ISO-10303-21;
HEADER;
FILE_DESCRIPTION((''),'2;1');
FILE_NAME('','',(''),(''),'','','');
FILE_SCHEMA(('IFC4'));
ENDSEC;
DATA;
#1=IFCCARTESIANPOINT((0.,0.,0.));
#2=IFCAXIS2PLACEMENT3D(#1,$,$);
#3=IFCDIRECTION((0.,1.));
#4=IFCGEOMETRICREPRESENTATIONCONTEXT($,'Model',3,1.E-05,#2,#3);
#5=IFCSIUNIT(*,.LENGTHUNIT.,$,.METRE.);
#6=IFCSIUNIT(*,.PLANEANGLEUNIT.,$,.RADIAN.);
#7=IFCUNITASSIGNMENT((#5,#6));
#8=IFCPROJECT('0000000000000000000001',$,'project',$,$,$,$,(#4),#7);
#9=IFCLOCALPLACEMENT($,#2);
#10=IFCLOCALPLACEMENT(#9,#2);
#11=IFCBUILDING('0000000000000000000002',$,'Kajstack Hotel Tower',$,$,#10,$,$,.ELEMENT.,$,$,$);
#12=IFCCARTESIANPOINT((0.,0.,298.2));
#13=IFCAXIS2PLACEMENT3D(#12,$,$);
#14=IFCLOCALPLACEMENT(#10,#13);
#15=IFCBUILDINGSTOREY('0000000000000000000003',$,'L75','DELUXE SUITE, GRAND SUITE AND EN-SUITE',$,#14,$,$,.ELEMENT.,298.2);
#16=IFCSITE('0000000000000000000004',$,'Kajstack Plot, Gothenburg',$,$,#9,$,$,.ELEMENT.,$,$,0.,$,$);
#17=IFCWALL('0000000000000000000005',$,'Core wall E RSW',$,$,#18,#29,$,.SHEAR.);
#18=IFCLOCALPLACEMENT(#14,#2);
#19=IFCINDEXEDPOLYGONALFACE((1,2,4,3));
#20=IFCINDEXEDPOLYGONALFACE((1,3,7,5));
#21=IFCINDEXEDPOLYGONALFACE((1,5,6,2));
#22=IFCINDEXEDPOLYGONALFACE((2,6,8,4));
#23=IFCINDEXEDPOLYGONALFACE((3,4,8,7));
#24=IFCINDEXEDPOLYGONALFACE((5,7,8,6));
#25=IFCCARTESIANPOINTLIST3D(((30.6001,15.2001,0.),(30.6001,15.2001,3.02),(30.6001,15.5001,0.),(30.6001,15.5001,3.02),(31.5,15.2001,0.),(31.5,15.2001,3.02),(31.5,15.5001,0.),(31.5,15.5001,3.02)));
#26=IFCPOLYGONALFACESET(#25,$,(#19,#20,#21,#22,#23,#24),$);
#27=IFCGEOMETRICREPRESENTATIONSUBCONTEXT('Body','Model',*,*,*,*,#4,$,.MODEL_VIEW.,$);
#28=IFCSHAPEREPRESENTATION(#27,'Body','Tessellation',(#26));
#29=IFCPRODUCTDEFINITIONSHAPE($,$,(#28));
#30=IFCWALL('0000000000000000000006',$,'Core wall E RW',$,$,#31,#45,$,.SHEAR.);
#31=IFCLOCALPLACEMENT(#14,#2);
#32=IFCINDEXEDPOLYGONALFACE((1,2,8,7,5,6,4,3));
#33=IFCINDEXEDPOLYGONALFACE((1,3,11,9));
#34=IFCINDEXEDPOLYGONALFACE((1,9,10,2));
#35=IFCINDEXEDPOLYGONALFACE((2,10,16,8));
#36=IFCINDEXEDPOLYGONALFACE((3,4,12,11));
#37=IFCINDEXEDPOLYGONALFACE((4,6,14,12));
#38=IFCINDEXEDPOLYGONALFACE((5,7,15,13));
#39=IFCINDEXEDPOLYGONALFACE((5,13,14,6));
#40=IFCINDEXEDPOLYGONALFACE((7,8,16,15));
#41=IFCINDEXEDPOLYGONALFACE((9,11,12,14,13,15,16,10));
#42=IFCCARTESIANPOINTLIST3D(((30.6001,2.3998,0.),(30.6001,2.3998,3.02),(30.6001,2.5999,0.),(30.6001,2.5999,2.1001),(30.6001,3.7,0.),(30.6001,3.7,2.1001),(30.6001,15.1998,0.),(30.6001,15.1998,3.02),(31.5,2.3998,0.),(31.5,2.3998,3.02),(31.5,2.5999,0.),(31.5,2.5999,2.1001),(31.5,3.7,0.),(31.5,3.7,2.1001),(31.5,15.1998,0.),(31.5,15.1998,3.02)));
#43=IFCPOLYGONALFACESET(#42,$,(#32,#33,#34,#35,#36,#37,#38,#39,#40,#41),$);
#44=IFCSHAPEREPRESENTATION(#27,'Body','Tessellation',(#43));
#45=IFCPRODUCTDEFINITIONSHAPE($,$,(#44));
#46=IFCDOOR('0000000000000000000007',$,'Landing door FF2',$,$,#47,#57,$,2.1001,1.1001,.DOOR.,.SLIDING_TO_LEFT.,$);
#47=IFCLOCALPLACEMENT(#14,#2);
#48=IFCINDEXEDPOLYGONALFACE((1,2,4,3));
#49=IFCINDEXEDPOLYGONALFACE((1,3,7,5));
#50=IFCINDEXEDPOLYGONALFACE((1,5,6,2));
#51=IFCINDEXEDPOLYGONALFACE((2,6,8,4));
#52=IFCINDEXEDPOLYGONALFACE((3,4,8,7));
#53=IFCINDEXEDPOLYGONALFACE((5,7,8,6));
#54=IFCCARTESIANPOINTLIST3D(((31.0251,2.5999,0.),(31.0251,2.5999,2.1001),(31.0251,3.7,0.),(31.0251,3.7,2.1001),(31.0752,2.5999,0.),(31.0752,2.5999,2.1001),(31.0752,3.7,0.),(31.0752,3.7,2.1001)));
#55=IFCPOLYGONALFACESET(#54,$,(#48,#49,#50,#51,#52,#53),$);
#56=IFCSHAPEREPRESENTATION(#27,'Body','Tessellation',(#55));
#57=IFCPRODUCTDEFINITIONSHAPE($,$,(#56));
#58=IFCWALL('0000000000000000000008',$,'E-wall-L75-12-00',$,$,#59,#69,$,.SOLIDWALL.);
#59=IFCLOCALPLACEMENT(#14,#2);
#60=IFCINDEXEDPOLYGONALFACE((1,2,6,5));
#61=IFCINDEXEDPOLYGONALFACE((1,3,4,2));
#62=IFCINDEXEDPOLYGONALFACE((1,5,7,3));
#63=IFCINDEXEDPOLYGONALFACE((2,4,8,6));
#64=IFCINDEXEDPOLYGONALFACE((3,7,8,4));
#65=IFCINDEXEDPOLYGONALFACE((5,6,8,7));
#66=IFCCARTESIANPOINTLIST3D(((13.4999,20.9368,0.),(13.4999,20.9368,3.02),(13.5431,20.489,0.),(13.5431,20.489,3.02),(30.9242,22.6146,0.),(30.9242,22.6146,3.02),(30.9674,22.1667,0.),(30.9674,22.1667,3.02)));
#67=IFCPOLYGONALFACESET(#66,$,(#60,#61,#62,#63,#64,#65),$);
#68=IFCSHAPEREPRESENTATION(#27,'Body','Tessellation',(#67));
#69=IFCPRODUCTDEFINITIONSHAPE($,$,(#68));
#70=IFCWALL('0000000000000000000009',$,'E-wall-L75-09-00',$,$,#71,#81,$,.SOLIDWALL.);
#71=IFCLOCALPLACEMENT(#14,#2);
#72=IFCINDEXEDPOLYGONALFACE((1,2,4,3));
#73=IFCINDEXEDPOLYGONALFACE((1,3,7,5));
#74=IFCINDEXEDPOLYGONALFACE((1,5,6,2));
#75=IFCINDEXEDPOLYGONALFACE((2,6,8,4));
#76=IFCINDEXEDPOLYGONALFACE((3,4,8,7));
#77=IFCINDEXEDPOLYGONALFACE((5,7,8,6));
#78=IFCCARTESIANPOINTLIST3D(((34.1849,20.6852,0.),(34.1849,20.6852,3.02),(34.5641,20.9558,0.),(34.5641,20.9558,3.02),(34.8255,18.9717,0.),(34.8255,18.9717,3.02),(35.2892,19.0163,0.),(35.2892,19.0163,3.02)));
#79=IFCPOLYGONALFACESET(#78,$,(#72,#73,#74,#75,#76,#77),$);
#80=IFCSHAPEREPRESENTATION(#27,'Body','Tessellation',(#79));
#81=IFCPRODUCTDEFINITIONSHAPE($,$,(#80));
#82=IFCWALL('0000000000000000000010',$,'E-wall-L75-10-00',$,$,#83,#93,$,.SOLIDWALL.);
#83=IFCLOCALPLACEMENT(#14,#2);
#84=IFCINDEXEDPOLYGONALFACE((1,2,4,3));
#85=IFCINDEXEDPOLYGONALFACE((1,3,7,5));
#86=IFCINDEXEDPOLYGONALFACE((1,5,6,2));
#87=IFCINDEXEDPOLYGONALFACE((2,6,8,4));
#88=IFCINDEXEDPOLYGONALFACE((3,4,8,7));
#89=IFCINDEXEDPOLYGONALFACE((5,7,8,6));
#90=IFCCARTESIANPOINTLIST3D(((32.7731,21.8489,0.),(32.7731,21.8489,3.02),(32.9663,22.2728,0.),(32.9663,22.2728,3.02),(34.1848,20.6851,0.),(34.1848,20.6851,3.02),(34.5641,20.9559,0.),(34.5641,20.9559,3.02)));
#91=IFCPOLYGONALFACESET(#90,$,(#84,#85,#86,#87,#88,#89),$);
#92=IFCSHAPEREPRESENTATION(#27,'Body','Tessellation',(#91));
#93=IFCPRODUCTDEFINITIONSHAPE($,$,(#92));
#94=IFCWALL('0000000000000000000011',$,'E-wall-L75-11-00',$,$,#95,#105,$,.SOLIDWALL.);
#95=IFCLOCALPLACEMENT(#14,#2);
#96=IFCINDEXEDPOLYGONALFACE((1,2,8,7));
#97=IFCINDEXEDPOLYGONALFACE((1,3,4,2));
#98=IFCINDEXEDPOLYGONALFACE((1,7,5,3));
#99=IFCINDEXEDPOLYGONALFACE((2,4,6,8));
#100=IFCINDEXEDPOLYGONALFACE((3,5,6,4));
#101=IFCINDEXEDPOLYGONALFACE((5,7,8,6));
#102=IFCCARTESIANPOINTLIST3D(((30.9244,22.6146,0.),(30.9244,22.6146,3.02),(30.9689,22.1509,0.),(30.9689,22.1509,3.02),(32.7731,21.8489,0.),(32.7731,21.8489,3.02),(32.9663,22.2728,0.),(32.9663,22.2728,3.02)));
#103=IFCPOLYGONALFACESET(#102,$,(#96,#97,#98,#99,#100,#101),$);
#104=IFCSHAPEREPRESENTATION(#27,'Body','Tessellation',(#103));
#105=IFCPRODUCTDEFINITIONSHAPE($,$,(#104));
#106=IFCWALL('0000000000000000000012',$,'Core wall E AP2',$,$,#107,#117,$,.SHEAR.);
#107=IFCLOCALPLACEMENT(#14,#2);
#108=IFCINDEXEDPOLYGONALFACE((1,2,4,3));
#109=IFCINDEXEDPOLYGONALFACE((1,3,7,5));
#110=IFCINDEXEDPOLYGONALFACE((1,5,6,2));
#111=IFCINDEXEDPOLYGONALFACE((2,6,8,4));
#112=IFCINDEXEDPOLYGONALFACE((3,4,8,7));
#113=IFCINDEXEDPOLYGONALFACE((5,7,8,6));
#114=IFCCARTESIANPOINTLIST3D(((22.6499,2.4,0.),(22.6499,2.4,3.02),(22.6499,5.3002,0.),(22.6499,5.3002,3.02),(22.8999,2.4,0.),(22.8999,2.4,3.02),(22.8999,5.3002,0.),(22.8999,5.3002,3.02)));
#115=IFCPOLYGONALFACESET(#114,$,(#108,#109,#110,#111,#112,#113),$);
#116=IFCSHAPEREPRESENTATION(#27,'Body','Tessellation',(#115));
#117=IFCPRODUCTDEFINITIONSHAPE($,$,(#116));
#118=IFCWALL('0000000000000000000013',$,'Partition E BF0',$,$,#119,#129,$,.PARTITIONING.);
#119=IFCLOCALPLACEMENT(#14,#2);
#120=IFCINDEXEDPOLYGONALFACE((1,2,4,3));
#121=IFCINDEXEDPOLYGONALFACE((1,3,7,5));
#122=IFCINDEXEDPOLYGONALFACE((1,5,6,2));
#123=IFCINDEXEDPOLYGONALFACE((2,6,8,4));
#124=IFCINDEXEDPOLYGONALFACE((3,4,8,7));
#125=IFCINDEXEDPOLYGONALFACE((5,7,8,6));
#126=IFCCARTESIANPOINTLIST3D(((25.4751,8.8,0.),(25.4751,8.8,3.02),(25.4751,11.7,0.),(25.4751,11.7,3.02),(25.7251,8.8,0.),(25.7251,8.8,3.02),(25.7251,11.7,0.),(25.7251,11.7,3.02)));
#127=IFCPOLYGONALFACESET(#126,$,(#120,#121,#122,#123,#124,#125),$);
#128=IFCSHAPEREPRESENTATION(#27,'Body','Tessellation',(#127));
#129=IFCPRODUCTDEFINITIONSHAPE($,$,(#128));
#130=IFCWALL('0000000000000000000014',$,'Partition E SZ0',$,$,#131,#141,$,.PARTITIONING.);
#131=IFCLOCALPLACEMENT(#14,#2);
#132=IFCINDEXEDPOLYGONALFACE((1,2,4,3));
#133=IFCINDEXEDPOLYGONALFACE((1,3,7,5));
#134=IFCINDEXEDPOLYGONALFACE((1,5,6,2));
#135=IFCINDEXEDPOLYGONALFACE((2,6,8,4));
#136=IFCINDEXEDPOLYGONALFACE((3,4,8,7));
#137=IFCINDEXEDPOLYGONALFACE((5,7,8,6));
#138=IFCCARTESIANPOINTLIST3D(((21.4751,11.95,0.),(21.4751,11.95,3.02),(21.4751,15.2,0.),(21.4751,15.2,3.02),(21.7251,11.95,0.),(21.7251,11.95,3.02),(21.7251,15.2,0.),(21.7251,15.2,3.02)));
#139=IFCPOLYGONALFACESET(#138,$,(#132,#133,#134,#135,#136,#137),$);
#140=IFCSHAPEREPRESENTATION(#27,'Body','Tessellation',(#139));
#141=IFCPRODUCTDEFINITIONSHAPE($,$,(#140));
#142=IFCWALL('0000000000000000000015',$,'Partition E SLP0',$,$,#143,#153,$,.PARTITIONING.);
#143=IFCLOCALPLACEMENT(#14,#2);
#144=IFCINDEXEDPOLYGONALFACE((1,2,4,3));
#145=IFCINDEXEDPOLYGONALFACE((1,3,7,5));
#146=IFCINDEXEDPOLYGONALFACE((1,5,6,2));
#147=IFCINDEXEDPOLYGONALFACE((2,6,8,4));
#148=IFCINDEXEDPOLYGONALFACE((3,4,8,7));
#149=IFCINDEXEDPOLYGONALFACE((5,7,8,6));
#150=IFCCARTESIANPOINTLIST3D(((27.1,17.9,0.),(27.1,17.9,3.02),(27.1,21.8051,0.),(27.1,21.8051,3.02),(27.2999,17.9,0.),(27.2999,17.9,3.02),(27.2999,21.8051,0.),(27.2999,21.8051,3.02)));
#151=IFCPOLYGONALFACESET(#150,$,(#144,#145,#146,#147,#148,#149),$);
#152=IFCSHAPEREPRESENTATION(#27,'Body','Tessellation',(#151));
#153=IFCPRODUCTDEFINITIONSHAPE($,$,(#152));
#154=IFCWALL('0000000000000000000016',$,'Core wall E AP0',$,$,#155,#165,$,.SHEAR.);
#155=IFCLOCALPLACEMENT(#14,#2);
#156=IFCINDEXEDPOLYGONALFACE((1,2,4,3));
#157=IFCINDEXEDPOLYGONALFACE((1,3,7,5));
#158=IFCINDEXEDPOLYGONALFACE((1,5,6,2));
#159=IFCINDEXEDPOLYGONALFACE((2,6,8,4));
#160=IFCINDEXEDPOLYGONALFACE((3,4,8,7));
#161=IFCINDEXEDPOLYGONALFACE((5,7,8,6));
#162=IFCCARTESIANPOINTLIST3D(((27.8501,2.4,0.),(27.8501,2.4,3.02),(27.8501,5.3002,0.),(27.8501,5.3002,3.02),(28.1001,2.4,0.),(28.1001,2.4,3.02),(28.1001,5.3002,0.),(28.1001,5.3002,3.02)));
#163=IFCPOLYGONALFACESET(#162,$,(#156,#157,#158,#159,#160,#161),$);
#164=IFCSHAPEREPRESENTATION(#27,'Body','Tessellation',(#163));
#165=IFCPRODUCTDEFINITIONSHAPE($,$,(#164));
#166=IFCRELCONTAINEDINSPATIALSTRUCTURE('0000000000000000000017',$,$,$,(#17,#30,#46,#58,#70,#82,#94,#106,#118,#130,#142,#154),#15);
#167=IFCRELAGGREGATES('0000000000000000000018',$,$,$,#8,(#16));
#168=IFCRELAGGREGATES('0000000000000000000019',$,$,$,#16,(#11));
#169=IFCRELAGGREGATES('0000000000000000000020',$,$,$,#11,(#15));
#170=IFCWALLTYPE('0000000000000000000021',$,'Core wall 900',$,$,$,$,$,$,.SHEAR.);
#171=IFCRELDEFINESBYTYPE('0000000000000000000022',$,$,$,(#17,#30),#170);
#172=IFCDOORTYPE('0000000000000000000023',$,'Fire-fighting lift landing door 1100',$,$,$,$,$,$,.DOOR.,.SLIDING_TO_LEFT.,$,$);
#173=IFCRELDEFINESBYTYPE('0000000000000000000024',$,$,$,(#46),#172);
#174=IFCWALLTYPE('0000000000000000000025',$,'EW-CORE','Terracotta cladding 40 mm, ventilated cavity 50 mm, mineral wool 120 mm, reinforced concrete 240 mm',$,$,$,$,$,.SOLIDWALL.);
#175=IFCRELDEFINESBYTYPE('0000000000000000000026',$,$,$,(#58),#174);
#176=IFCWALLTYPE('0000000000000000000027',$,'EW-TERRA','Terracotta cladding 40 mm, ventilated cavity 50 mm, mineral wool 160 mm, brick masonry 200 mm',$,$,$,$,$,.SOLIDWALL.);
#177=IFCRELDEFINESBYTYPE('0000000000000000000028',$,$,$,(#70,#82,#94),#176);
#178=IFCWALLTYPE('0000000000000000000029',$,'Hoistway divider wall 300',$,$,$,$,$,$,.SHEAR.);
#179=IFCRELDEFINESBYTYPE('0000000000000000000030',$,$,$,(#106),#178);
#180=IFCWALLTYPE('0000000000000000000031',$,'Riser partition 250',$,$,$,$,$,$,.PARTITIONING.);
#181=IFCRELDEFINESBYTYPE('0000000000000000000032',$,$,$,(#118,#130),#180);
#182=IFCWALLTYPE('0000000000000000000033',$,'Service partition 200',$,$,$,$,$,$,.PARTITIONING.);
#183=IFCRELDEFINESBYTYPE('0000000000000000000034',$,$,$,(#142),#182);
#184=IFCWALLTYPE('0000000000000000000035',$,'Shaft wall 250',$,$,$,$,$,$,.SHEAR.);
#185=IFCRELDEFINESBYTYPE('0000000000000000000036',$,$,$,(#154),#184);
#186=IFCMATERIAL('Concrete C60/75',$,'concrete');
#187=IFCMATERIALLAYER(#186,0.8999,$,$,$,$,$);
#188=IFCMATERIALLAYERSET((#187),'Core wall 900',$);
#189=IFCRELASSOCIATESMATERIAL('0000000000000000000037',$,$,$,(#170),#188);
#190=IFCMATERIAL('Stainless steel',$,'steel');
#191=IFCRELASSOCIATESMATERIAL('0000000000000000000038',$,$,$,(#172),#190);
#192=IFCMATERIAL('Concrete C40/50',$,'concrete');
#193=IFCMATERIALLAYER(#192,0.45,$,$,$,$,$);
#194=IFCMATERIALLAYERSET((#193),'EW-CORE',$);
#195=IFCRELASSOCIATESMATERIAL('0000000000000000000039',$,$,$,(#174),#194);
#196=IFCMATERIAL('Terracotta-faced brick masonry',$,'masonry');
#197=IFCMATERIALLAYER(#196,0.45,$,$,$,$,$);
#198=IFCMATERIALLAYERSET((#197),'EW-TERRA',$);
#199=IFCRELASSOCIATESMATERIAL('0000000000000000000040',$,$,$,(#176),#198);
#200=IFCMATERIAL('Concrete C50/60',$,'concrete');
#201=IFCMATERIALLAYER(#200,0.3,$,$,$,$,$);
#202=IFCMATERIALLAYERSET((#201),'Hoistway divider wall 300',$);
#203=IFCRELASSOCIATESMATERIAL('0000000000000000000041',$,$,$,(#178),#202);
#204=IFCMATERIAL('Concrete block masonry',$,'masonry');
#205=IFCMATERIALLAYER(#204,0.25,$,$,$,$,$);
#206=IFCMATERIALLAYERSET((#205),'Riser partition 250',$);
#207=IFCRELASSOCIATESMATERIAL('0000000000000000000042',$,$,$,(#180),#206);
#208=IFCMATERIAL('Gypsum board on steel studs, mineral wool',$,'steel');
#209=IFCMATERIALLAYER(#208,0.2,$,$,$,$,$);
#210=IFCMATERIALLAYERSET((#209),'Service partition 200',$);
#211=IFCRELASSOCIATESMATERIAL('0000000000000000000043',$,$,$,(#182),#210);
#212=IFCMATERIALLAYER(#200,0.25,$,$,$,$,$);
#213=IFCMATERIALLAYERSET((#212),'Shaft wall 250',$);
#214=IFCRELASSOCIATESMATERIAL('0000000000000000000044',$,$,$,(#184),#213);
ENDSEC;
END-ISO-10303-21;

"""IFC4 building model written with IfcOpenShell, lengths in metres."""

from ifc_helpers import new_model, si_unit, direction, frame, frame_2d, origin, place, context, subcontext, project, spatial, polyline, rectangle, outline, extrude, material, layer, layer_set, type_object, element, fill, save


model = new_model("IFC4")

# Units and contexts
model_context = context("Model", 3, precision=1e-05, world=origin(), true_north=direction((0.0, 1.0)))
body_context = subcontext(model_context, "Body", "Model", "MODEL_VIEW")
ifc_project = project(units=[si_unit("LENGTHUNIT", "METRE"), si_unit("PLANEANGLEUNIT", "RADIAN")], contexts=[model_context])

# Site, building, storey
site_placement = place(None, origin())
site = spatial("IfcSite", under=ifc_project, at=site_placement, Name="Kajstack Plot, Gothenburg", CompositionType="ELEMENT", RefElevation=0.0)
building_placement = place(site_placement, origin())
building = spatial("IfcBuilding", under=site, at=building_placement, Name="Kajstack Hotel Tower", CompositionType="ELEMENT")
storey_placement = place(building_placement, frame((0.0, 0.0, 298.2)))
storey = spatial("IfcBuildingStorey", under=building, at=storey_placement, Name="L75", Description="DELUXE SUITE, GRAND SUITE AND EN-SUITE", CompositionType="ELEMENT", Elevation=298.2)

# Wall
ifc_material_1 = material(Name="Concrete C60/75", Category="concrete")
ifc_layer_1 = layer(ifc_material_1, 0.8999)
ifc_layer_set_1 = layer_set([ifc_layer_1], Name="Core wall 900")
wall_type_1 = type_object("IfcWallType", Name="Core wall 900", PredefinedType="SHEAR", material=ifc_layer_set_1)
wall_1_placement = place(storey_placement, frame((30.6001, 15.3501, 0.0), z_axis=(0.0, 0.0, 1.0), x_axis=(1.0, 0.0, 0.0)))
element("IfcWall", 1, at=wall_1_placement, inside=storey, type_object=wall_type_1, Name="Core wall E RSW", PredefinedType="SHEAR", context=body_context, shape_type="SweptSolid", body=[
    extrude(rectangle(XDim=0.8999, YDim=0.3, at=frame_2d((0.45, 0.0))), origin(), (0.0, 0.0, 1.0), 3.02),
])

# Wall, opening, door
wall_2_placement = place(storey_placement, frame((31.05, 2.3999, 0.0), z_axis=(0.0, 0.0, 1.0), x_axis=(0.0, 1.0, 0.0)))
wall_2 = element("IfcWall", 2, at=wall_2_placement, inside=storey, type_object=wall_type_1, Name="Core wall E RW", PredefinedType="SHEAR", context=body_context, shape_type="SweptSolid", body=[
    extrude(rectangle(XDim=12.8, YDim=0.8999, at=frame_2d((6.3999, 0.0))), origin(), (0.0, 0.0, 1.0), 3.02),
])
opening_1_placement = place(wall_2_placement, frame((0.2, 0.0, 0.0)))
opening_1 = element("IfcOpeningElement", 3, at=opening_1_placement, cuts=wall_2, PredefinedType="OPENING", context=body_context, shape_type="SweptSolid", body=[
    extrude(rectangle(XDim=1.1001, YDim=2.1001, at=frame_2d((0.55, 1.05))), frame((0.0, 0.46, 0.0), z_axis=(0.0, -1.0, 0.0), x_axis=(1.0, 0.0, 0.0)), (0.0, 0.0, 1.0), 0.9199),
])
ifc_material_2 = material(Name="Stainless steel", Category="steel")
door_type_1 = type_object("IfcDoorType", Name="Fire-fighting lift landing door 1100", OperationType="SLIDING_TO_LEFT", PredefinedType="DOOR", material=ifc_material_2)
door_1_placement = place(opening_1_placement, origin())
door_1 = element("IfcDoor", 4, at=door_1_placement, inside=storey, type_object=door_type_1, Name="Landing door FF2", OperationType="SLIDING_TO_LEFT", OverallHeight=2.1001, OverallWidth=1.1001, PredefinedType="DOOR", context=body_context, shape_type="SweptSolid", body=[
    extrude(rectangle(XDim=1.1001, YDim=2.1001, at=frame_2d((0.55, 1.05))), frame((0.0, 0.0249, 0.0), z_axis=(0.0, -1.0, 0.0), x_axis=(1.0, 0.0, 0.0)), (0.0, 0.0, 1.0), 0.05),
])
fill(opening_1, door_1)

# Walls
ifc_material_3 = material(Name="Concrete C40/50", Category="concrete")
ifc_layer_2 = layer(ifc_material_3, 0.45)
ifc_layer_set_2 = layer_set([ifc_layer_2], Name="EW-CORE")
wall_type_2 = type_object("IfcWallType", Name="EW-CORE", Description="Terracotta cladding 40 mm, ventilated cavity 50 mm, mineral wool 120 mm, reinforced concrete 240 mm", PredefinedType="SOLIDWALL", material=ifc_layer_set_2)
wall_3_placement = place(storey_placement, frame((30.9458, 22.3906, 0.0), z_axis=(0.0, 0.0, 1.0), x_axis=(-0.995396, -0.095844, 0.0)))
element("IfcWall", 5, at=wall_3_placement, inside=storey, type_object=wall_type_2, Name="E-wall-L75-12-00", PredefinedType="SOLIDWALL", context=body_context, shape_type="SweptSolid", body=[
    extrude(rectangle(XDim=17.5049, YDim=0.45, at=frame_2d((8.7524, 0.0))), origin(), (0.0, 0.0, 1.0), 3.02),
])
ifc_material_4 = material(Name="Terracotta-faced brick masonry", Category="masonry")
ifc_layer_3 = layer(ifc_material_4, 0.45)
ifc_layer_set_3 = layer_set([ifc_layer_3], Name="EW-TERRA")
wall_type_3 = type_object("IfcWallType", Name="EW-TERRA", Description="Terracotta cladding 40 mm, ventilated cavity 50 mm, mineral wool 160 mm, brick masonry 200 mm", PredefinedType="SOLIDWALL", material=ifc_layer_set_3)
wall_4_placement = place(storey_placement, frame((35.0784, 18.9375, 0.0), z_axis=(0.0, 0.0, 1.0), x_axis=(-0.350193, 0.936678, 0.0)))
element("IfcWall", 6, at=wall_4_placement, inside=storey, type_object=wall_type_3, Name="E-wall-L75-09-00", PredefinedType="SOLIDWALL", context=body_context, shape_type="SweptSolid", body=[
    extrude(outline(polyline([(0.0, -0.2251), (2.0706, -0.2251), (1.95, 0.2249), (0.1206, 0.2249), (0.0, -0.2251)])), origin(), (0.0, 0.0, 1.0), 3.02),
])
wall_5_placement = place(storey_placement, frame((34.4209, 20.7822, 0.0), z_axis=(0.0, 0.0, 1.0), x_axis=(-0.771593, 0.636116, 0.0)))
element("IfcWall", 7, at=wall_5_placement, inside=storey, type_object=wall_type_3, Name="E-wall-L75-10-00", PredefinedType="SOLIDWALL", context=body_context, shape_type="SweptSolid", body=[
    extrude(outline(polyline([(0.0, -0.2251), (2.0706, -0.2249), (1.95, 0.2251), (0.1204, 0.2251), (0.0, -0.2251)])), origin(), (0.0, 0.0, 1.0), 3.02),
])
wall_6_placement = place(storey_placement, frame((32.9292, 22.051, 0.0), z_axis=(0.0, 0.0, 1.0), x_axis=(-0.986298, 0.164973, 0.0)))
element("IfcWall", 8, at=wall_6_placement, inside=storey, type_object=wall_type_3, Name="E-wall-L75-11-00", PredefinedType="SOLIDWALL", context=body_context, shape_type="SweptSolid", body=[
    extrude(outline(polyline([(0.0, -0.2249), (2.0703, -0.2251), (1.95, 0.2249), (0.1206, 0.2251), (0.0, -0.2249)])), origin(), (0.0, 0.0, 1.0), 3.02),
])
ifc_material_5 = material(Name="Concrete C50/60", Category="concrete")
ifc_layer_4 = layer(ifc_material_5, 0.3)
ifc_layer_set_4 = layer_set([ifc_layer_4], Name="Hoistway divider wall 300")
wall_type_4 = type_object("IfcWallType", Name="Hoistway divider wall 300", PredefinedType="SHEAR", material=ifc_layer_set_4)
wall_7_placement = place(storey_placement, frame((22.7749, 2.3999, 0.0), z_axis=(0.0, 0.0, 1.0), x_axis=(0.0, 1.0, 0.0)))
element("IfcWall", 9, at=wall_7_placement, inside=storey, type_object=wall_type_4, Name="Core wall E AP2", PredefinedType="SHEAR", context=body_context, shape_type="SweptSolid", body=[
    extrude(rectangle(XDim=2.9001, YDim=0.25, at=frame_2d((1.4502, 0.0))), origin(), (0.0, 0.0, 1.0), 3.02),
])
ifc_material_6 = material(Name="Concrete block masonry", Category="masonry")
ifc_layer_5 = layer(ifc_material_6, 0.25)
ifc_layer_set_5 = layer_set([ifc_layer_5], Name="Riser partition 250")
wall_type_5 = type_object("IfcWallType", Name="Riser partition 250", PredefinedType="PARTITIONING", material=ifc_layer_set_5)
wall_8_placement = place(storey_placement, frame((25.6001, 8.8, 0.0), z_axis=(0.0, 0.0, 1.0), x_axis=(0.0, 1.0, 0.0)))
element("IfcWall", 10, at=wall_8_placement, inside=storey, type_object=wall_type_5, Name="Partition E BF0", PredefinedType="PARTITIONING", context=body_context, shape_type="SweptSolid", body=[
    extrude(rectangle(XDim=2.8999, YDim=0.25, at=frame_2d((1.45, 0.0))), origin(), (0.0, 0.0, 1.0), 3.02),
])
wall_9_placement = place(storey_placement, frame((21.6001, 11.95, 0.0), z_axis=(0.0, 0.0, 1.0), x_axis=(0.0, 1.0, 0.0)))
element("IfcWall", 11, at=wall_9_placement, inside=storey, type_object=wall_type_5, Name="Partition E SZ0", PredefinedType="PARTITIONING", context=body_context, shape_type="SweptSolid", body=[
    extrude(rectangle(XDim=3.25, YDim=0.25, at=frame_2d((1.625, 0.0))), origin(), (0.0, 0.0, 1.0), 3.02),
])
ifc_material_7 = material(Name="Gypsum board on steel studs, mineral wool", Category="steel")
ifc_layer_6 = layer(ifc_material_7, 0.2)
ifc_layer_set_6 = layer_set([ifc_layer_6], Name="Service partition 200")
wall_type_6 = type_object("IfcWallType", Name="Service partition 200", PredefinedType="PARTITIONING", material=ifc_layer_set_6)
wall_10_placement = place(storey_placement, frame((27.2, 17.8999, 0.0), z_axis=(0.0, 0.0, 1.0), x_axis=(0.0, 1.0, 0.0)))
element("IfcWall", 12, at=wall_10_placement, inside=storey, type_object=wall_type_6, Name="Partition E SLP0", PredefinedType="PARTITIONING", context=body_context, shape_type="SweptSolid", body=[
    extrude(rectangle(XDim=3.905, YDim=0.2, at=frame_2d((1.9526, 0.0))), origin(), (0.0, 0.0, 1.0), 3.02),
])
ifc_layer_7 = layer(ifc_material_5, 0.25)
ifc_layer_set_7 = layer_set([ifc_layer_7], Name="Shaft wall 250")
wall_type_7 = type_object("IfcWallType", Name="Shaft wall 250", PredefinedType="SHEAR", material=ifc_layer_set_7)
wall_11_placement = place(storey_placement, frame((27.9751, 2.3999, 0.0), z_axis=(0.0, 0.0, 1.0), x_axis=(0.0, 1.0, 0.0)))
element("IfcWall", 13, at=wall_11_placement, inside=storey, type_object=wall_type_7, Name="Core wall E AP0", PredefinedType="SHEAR", context=body_context, shape_type="SweptSolid", body=[
    extrude(rectangle(XDim=2.9001, YDim=0.25, at=frame_2d((1.4502, 0.0))), origin(), (0.0, 0.0, 1.0), 3.02),
])

save(model, "model.ifc")
